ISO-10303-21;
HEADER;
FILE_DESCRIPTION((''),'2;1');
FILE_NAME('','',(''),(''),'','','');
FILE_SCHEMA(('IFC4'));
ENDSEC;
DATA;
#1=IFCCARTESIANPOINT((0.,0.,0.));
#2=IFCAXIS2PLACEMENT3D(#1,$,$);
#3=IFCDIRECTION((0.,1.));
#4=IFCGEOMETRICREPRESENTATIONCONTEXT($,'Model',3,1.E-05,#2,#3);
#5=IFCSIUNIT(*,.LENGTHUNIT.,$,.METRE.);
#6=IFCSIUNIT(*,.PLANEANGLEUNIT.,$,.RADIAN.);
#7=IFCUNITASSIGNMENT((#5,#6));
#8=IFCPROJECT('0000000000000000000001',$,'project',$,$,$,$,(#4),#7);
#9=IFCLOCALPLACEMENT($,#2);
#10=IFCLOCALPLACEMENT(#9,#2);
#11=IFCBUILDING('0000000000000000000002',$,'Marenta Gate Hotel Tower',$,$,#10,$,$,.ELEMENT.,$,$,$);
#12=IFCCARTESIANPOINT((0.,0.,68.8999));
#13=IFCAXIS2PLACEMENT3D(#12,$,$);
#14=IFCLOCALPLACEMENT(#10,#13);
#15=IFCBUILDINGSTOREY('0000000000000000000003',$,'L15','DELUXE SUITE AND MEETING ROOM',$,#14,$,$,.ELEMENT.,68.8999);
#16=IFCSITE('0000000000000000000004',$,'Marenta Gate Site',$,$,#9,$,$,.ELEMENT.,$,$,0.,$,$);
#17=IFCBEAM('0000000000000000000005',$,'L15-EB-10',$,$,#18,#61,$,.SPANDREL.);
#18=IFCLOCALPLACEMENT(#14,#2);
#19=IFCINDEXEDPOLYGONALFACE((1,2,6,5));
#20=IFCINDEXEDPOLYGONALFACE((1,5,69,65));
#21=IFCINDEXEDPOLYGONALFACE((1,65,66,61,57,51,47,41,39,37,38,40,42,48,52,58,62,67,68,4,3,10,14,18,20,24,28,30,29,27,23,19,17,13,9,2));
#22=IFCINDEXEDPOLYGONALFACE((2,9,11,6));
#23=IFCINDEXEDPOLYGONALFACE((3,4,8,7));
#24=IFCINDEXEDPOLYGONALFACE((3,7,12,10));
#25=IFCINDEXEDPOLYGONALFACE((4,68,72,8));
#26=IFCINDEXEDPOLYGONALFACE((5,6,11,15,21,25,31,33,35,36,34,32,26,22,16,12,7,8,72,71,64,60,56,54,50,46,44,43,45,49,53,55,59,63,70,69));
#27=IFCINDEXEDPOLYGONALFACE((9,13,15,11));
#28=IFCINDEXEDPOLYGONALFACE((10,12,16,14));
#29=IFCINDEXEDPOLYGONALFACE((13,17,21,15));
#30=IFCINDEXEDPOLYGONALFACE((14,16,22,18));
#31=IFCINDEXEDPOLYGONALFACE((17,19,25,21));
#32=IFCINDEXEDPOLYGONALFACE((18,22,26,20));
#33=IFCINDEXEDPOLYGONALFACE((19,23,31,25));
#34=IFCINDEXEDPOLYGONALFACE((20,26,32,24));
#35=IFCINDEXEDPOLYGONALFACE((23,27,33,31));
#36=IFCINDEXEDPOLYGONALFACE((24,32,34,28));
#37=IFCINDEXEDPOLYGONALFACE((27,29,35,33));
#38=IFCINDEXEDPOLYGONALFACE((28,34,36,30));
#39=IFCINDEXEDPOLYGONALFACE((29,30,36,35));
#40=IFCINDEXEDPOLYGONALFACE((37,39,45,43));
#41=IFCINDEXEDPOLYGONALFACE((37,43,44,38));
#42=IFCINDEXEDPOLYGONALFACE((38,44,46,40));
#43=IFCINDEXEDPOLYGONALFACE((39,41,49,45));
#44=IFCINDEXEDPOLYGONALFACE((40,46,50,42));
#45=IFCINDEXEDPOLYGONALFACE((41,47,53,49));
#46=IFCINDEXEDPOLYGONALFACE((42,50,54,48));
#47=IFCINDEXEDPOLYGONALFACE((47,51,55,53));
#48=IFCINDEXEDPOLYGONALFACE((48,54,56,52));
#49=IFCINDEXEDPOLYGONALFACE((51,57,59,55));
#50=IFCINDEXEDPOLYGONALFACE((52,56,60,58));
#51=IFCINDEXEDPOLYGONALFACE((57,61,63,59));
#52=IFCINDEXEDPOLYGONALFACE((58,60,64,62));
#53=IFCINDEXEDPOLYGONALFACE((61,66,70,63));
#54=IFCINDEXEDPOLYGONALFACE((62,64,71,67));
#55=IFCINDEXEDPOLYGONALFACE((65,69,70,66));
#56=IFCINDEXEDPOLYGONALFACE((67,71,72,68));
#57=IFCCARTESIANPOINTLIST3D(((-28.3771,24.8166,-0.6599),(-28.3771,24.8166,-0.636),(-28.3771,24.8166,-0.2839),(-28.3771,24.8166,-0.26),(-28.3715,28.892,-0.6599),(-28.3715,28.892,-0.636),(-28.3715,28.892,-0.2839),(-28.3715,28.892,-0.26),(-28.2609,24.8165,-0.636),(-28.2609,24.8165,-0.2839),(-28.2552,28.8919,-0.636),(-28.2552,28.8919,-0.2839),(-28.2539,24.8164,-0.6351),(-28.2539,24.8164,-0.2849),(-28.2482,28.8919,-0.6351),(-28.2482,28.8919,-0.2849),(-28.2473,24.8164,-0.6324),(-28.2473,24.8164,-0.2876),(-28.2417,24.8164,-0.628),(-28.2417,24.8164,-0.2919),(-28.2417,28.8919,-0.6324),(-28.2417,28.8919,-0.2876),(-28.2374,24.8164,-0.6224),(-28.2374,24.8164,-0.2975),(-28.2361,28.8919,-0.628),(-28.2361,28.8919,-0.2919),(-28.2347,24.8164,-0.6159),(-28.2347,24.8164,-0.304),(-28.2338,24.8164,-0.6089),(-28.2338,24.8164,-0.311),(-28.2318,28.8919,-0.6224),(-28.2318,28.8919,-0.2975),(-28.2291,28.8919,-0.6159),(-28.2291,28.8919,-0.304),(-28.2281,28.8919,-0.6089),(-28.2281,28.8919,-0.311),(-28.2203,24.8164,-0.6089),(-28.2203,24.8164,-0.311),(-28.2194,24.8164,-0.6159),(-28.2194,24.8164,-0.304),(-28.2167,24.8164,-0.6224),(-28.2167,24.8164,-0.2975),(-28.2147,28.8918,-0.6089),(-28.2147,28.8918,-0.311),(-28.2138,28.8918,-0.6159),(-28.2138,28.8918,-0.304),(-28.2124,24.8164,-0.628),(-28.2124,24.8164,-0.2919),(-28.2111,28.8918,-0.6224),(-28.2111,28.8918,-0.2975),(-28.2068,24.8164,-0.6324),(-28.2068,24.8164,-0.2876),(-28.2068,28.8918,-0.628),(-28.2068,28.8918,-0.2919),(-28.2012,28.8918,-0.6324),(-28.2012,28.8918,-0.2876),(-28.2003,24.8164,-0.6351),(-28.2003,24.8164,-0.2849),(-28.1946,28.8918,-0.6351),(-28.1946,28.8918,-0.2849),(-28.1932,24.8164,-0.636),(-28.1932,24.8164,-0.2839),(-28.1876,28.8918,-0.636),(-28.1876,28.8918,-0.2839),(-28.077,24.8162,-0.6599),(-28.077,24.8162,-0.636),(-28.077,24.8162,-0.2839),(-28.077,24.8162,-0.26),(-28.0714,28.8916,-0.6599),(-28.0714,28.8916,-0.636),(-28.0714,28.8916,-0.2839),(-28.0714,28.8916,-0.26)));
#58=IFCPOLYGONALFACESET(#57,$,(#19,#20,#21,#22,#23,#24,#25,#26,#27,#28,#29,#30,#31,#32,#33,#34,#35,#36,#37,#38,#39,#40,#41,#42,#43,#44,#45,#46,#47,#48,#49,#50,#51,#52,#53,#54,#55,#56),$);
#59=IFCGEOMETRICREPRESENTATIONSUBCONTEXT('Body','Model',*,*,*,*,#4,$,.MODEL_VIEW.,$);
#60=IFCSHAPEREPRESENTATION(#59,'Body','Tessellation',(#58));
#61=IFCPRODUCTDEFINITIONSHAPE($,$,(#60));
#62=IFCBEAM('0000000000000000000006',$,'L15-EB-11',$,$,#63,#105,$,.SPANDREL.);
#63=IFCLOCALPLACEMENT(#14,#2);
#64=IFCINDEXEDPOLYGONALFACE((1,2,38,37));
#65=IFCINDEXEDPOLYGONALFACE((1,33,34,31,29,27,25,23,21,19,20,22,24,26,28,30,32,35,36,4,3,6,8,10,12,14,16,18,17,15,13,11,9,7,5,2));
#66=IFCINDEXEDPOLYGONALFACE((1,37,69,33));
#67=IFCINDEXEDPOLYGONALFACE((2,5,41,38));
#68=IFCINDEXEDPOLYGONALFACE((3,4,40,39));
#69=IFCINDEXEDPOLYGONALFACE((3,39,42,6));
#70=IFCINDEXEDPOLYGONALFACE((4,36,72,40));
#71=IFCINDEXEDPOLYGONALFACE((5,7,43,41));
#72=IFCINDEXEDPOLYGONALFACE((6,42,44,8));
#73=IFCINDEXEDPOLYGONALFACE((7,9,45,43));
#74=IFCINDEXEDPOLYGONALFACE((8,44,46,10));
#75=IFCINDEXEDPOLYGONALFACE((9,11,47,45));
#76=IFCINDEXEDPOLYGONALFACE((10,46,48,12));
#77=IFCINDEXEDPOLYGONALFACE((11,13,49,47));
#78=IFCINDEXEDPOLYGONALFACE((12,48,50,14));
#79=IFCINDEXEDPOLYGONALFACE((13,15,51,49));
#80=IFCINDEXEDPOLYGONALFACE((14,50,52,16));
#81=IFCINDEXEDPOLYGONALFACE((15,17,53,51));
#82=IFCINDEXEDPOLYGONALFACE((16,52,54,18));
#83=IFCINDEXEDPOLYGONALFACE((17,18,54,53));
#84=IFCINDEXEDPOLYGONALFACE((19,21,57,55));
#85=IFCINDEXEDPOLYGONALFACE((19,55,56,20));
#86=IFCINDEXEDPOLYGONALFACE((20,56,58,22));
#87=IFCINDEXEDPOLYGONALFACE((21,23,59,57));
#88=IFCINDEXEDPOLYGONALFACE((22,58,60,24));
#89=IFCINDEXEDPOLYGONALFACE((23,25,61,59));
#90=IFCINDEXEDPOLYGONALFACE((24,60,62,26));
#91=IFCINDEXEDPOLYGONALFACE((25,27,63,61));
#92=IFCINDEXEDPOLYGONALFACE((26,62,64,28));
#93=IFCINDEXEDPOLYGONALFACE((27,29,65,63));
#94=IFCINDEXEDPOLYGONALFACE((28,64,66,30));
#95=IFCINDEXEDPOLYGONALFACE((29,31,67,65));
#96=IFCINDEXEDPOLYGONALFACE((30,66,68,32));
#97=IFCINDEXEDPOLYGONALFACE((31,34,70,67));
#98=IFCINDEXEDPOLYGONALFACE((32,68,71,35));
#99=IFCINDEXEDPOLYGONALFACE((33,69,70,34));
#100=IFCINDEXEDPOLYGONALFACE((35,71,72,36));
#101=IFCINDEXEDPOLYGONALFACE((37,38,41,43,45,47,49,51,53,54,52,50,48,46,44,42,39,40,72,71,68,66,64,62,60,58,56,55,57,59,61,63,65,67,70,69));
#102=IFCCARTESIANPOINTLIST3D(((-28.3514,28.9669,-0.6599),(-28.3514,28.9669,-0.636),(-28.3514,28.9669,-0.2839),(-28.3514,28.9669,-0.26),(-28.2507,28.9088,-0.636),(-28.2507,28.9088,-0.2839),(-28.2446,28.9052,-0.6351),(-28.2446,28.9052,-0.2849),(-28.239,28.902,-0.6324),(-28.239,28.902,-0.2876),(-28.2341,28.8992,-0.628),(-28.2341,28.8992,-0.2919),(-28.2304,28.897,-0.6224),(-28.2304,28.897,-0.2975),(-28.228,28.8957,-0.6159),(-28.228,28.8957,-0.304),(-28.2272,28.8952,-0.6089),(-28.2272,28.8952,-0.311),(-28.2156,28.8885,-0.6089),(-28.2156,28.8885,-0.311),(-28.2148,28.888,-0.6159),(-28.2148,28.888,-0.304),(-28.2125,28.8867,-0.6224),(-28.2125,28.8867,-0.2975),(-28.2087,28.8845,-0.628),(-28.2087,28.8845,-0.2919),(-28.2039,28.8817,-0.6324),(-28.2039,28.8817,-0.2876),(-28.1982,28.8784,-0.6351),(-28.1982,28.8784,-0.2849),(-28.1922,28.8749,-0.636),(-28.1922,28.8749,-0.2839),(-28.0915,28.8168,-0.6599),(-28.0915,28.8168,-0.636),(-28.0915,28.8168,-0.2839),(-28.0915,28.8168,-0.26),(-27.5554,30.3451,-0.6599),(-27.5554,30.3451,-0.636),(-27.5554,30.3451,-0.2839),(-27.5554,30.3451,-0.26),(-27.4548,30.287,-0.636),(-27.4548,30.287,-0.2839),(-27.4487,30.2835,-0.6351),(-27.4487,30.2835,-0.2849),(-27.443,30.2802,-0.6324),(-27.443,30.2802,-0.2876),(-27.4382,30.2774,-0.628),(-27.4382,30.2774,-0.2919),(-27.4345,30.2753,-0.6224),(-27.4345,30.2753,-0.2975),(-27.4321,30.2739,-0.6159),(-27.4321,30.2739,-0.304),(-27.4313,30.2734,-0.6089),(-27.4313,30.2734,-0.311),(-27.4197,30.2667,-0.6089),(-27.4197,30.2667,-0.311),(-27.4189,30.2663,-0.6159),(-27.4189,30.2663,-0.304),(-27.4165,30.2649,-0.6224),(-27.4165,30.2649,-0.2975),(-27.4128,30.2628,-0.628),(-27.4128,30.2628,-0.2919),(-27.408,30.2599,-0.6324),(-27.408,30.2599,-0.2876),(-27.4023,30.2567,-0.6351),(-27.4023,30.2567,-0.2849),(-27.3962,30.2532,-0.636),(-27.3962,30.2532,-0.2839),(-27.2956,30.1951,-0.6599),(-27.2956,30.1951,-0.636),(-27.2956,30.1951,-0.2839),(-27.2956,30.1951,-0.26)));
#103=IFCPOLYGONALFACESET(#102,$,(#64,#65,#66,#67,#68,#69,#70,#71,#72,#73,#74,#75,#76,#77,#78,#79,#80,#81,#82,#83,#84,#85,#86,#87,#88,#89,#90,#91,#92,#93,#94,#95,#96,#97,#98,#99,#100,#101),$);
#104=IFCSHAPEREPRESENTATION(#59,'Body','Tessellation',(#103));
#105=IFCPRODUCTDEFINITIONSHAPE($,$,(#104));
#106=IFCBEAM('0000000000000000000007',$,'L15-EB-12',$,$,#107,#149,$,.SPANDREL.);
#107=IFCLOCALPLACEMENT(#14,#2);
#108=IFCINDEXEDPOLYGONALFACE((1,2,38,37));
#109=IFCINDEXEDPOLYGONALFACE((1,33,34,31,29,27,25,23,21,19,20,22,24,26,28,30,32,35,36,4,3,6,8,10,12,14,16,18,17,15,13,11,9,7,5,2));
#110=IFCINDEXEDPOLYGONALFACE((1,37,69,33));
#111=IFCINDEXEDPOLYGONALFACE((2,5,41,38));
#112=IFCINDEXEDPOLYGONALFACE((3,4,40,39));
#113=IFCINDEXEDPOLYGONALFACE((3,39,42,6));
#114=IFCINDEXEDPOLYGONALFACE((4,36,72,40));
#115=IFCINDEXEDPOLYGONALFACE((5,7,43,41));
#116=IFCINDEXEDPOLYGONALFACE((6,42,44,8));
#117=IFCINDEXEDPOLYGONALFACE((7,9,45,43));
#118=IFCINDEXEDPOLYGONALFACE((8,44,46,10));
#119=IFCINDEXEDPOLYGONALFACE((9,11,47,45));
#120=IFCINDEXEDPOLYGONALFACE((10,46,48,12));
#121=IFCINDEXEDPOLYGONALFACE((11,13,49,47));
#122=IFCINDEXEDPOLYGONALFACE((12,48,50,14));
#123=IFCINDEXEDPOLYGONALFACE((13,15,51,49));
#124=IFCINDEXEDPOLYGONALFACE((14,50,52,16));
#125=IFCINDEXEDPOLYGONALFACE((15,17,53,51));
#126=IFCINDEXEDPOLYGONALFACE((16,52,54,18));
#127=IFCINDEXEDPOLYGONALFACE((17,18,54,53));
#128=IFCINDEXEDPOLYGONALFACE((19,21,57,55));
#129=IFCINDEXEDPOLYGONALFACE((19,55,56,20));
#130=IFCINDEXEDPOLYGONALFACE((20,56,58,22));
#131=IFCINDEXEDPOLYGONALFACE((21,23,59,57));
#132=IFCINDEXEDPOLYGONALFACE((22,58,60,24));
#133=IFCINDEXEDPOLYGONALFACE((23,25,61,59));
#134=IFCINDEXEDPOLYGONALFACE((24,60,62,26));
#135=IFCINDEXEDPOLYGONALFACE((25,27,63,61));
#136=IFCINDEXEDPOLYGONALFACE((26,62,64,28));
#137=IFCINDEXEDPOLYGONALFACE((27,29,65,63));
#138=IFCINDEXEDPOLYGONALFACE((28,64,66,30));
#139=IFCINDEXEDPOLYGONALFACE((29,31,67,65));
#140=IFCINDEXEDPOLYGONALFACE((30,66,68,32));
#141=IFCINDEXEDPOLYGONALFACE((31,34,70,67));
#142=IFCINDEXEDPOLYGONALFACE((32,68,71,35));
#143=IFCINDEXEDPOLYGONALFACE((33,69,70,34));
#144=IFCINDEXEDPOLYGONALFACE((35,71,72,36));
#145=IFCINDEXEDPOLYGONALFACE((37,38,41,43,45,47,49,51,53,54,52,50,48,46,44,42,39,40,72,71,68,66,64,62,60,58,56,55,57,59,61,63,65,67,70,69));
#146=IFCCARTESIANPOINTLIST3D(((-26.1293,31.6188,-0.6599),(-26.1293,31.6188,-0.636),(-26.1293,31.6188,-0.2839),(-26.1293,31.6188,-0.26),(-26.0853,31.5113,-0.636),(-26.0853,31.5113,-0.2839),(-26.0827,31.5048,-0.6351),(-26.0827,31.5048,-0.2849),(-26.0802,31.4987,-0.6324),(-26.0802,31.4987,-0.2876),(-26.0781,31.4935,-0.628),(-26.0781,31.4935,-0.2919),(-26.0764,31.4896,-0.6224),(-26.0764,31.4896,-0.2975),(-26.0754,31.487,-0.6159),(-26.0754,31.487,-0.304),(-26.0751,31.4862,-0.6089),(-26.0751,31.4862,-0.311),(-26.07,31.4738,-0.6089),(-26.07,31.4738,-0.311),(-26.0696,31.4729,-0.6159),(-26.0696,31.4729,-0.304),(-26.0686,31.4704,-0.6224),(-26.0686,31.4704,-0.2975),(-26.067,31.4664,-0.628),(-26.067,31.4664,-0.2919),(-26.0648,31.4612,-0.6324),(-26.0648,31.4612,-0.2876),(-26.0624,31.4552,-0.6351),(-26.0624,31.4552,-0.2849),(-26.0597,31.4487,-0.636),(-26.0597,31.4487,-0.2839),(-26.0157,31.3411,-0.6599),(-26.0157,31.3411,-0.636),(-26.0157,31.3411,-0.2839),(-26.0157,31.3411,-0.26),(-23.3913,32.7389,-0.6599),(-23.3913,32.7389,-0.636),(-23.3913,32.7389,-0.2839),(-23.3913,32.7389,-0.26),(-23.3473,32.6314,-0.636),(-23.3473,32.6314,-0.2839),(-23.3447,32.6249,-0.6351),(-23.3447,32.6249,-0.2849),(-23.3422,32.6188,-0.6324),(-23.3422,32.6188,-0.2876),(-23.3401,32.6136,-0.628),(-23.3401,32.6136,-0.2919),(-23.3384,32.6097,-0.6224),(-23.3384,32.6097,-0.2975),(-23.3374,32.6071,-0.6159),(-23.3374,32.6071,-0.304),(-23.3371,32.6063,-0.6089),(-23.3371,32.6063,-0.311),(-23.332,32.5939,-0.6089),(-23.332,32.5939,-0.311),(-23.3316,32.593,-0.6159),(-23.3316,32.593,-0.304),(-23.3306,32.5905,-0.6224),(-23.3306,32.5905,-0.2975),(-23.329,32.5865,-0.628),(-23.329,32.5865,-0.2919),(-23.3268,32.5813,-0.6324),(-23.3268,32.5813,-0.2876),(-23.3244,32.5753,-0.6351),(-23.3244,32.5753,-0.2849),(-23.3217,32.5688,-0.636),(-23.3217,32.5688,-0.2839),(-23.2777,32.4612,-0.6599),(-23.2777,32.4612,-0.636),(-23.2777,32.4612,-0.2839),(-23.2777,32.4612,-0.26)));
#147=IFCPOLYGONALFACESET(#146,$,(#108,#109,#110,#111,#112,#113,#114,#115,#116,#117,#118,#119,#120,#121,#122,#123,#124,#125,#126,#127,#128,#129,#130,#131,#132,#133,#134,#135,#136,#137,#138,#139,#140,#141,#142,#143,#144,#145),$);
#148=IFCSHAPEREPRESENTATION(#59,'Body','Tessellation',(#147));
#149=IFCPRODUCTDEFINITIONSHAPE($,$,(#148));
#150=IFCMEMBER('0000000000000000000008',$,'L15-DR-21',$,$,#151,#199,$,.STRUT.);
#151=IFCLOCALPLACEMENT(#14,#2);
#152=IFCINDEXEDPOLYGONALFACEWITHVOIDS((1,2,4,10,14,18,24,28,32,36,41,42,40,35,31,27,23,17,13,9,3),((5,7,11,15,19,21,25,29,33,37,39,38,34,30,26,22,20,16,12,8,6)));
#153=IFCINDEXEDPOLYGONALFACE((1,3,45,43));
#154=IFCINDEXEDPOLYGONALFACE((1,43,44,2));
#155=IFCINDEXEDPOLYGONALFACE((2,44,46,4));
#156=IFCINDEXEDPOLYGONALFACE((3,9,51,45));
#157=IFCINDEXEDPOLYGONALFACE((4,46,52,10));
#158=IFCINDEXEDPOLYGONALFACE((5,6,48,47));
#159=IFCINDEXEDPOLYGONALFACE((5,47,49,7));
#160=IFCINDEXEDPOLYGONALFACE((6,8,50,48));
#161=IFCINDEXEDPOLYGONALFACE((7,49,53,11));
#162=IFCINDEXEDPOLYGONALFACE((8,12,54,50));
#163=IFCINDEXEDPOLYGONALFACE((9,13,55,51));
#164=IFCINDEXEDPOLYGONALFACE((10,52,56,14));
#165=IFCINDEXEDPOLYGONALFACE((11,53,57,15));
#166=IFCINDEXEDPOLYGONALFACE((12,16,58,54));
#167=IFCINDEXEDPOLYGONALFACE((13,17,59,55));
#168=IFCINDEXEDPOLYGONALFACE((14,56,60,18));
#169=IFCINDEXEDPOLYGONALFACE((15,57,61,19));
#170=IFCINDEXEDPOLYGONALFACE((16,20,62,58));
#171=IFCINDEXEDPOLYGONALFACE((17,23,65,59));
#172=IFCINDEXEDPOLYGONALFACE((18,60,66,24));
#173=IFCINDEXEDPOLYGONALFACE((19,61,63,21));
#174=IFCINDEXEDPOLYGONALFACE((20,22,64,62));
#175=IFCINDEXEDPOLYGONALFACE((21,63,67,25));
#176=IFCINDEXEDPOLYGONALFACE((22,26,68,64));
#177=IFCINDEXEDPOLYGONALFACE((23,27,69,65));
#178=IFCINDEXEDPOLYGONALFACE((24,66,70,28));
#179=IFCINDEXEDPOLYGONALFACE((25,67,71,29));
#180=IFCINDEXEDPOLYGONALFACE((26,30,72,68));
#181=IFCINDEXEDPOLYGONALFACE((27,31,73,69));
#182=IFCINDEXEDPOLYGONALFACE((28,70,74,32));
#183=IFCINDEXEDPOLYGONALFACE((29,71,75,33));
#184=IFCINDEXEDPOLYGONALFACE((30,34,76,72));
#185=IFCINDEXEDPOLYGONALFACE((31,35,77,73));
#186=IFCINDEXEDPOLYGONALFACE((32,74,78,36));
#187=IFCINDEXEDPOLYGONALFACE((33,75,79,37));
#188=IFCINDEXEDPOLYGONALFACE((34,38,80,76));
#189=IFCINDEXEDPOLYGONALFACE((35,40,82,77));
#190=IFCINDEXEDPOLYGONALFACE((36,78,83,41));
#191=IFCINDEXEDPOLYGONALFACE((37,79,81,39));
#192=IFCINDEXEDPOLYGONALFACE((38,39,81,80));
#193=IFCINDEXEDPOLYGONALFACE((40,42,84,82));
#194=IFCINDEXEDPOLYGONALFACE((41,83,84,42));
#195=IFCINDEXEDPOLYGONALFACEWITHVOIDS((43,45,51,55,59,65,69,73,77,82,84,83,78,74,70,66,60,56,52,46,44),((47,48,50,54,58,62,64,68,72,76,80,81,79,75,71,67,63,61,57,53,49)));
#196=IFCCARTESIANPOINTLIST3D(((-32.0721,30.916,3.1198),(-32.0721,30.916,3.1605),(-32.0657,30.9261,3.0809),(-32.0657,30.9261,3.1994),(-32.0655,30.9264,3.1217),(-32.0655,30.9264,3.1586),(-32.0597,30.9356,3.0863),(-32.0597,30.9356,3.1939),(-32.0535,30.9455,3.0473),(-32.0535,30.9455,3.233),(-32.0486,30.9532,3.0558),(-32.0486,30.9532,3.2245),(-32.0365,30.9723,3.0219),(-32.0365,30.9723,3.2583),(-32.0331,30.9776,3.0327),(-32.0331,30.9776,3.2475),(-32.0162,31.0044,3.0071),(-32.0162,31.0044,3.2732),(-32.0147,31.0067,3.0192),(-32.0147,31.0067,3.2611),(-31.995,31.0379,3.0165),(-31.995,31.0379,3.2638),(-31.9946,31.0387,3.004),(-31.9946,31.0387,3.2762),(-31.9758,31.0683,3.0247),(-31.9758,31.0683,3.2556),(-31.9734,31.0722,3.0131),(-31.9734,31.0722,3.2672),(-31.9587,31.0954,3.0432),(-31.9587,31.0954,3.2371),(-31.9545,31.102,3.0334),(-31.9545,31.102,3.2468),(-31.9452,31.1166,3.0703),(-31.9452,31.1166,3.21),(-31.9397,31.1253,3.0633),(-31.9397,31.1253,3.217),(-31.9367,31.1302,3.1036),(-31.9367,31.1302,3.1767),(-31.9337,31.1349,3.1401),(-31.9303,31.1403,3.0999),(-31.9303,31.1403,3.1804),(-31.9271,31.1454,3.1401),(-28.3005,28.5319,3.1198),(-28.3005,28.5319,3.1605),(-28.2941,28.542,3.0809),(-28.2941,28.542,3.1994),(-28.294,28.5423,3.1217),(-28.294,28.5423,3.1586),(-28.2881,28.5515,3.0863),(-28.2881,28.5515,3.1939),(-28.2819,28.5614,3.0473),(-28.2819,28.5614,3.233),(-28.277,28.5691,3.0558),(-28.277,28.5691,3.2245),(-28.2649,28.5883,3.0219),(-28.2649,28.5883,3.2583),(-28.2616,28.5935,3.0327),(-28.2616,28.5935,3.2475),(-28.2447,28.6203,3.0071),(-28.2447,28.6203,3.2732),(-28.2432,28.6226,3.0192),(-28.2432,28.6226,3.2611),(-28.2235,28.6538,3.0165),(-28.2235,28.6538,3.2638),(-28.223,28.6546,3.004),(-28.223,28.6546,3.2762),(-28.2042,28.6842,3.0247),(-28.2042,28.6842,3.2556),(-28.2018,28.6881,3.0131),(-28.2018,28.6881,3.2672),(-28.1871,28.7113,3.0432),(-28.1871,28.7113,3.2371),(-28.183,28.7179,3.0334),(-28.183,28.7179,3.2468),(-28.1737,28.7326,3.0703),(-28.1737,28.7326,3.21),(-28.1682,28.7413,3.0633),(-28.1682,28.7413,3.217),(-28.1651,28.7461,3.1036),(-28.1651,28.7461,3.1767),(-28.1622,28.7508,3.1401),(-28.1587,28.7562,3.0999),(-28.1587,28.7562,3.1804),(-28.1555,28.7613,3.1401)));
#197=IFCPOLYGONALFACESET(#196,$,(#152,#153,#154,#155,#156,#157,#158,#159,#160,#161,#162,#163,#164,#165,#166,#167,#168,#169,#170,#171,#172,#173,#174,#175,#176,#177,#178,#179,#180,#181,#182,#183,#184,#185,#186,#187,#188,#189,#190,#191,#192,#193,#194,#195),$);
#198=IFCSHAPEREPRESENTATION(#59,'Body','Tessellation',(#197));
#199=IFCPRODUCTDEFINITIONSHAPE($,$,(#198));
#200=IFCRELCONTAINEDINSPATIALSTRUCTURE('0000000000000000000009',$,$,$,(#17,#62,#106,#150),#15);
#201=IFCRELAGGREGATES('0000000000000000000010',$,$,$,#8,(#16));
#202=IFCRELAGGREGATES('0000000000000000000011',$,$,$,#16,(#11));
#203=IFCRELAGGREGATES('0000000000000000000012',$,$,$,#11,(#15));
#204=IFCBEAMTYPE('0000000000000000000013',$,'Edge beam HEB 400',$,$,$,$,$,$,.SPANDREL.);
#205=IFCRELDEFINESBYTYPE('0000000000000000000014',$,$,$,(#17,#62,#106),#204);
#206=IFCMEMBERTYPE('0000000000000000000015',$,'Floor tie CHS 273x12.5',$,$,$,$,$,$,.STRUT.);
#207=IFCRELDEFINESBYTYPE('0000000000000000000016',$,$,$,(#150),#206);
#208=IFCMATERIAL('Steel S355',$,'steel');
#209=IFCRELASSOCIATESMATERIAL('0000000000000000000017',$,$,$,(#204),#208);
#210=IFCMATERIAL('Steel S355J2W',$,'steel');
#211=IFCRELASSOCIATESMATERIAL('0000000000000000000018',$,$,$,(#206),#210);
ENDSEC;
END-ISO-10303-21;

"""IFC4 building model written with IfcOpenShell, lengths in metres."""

from ifc_helpers import new_model, si_unit, direction, frame, origin, origin_2d, place, context, subcontext, project, spatial, hollow_circle, i_section, extrude, material, material_profile, profile_set, type_object, element, save


model = new_model("IFC4")

# Units and contexts
model_context = context("Model", 3, precision=1e-05, world=origin(), true_north=direction((0.0, 1.0)))
body_context = subcontext(model_context, "Body", "Model", "MODEL_VIEW")
ifc_project = project(units=[si_unit("LENGTHUNIT", "METRE"), si_unit("PLANEANGLEUNIT", "RADIAN")], contexts=[model_context])

# Site, building, storey
site_placement = place(None, origin())
site = spatial("IfcSite", under=ifc_project, at=site_placement, Name="Marenta Gate Site", CompositionType="ELEMENT", RefElevation=0.0)
building_placement = place(site_placement, origin())
building = spatial("IfcBuilding", under=site, at=building_placement, Name="Marenta Gate Hotel Tower", CompositionType="ELEMENT")
storey_placement = place(building_placement, frame((0.0, 0.0, 68.8999)))
storey = spatial("IfcBuildingStorey", under=building, at=storey_placement, Name="L15", Description="DELUXE SUITE AND MEETING ROOM", CompositionType="ELEMENT", Elevation=68.8999)

# Beams
ifc_material_1 = material(Name="Steel S355", Category="steel")
ifc_material_profile_1 = material_profile(ifc_material_1, i_section(OverallWidth=0.3, OverallDepth=0.3999, WebThickness=0.0134, FlangeThickness=0.0239, FilletRadius=0.0271, at=origin_2d()), Name="HEB 400")
ifc_profile_set_1 = profile_set([ifc_material_profile_1], Name="Steel S355")
beam_type_1 = type_object("IfcBeamType", Name="Edge beam HEB 400", PredefinedType="SPANDREL", material=ifc_profile_set_1)
beam_1_placement = place(storey_placement, frame((-28.2271, 24.8164, -0.46), z_axis=(0.001378, 0.999999, 0.0), x_axis=(-0.999999, 0.001378, 0.0)))
element("IfcBeam", 1, at=beam_1_placement, inside=storey, type_object=beam_type_1, Name="L15-EB-10", PredefinedType="SPANDREL", context=body_context, shape_type="SweptSolid", body=[
    extrude(i_section(OverallWidth=0.3, OverallDepth=0.3999, WebThickness=0.0134, FlangeThickness=0.0239, FilletRadius=0.0271, at=origin_2d()), origin(), (0.0, 0.0, 1.0), 4.0754),
])
beam_2_placement = place(storey_placement, frame((-28.2214, 28.8918, -0.46), z_axis=(0.500099, 0.865968, 0.0), x_axis=(-0.865968, 0.500099, 0.0)))
element("IfcBeam", 2, at=beam_2_placement, inside=storey, type_object=beam_type_1, Name="L15-EB-11", PredefinedType="SPANDREL", context=body_context, shape_type="SweptSolid", body=[
    extrude(i_section(OverallWidth=0.3, OverallDepth=0.3999, WebThickness=0.0134, FlangeThickness=0.0239, FilletRadius=0.0271, at=origin_2d()), origin(), (0.0, 0.0, 1.0), 1.5916),
])
beam_3_placement = place(storey_placement, frame((-26.0725, 31.48, -0.46), z_axis=(0.925546, 0.378636, 0.0), x_axis=(-0.378636, 0.925546, 0.0)))
element("IfcBeam", 3, at=beam_3_placement, inside=storey, type_object=beam_type_1, Name="L15-EB-12", PredefinedType="SPANDREL", context=body_context, shape_type="SweptSolid", body=[
    extrude(i_section(OverallWidth=0.3, OverallDepth=0.3999, WebThickness=0.0134, FlangeThickness=0.0239, FilletRadius=0.0271, at=origin_2d()), origin(), (0.0, 0.0, 1.0), 2.9583),
])

# Member
ifc_material_2 = material(Name="Steel S355J2W", Category="steel")
ifc_material_profile_2 = material_profile(ifc_material_2, hollow_circle(Radius=0.1365, WallThickness=0.0125, at=origin_2d()), Name="CHS 273x12.5")
ifc_profile_set_2 = profile_set([ifc_material_profile_2], Name="Steel S355J2W")
member_type_1 = type_object("IfcMemberType", Name="Floor tie CHS 273x12.5", PredefinedType="STRUT", material=ifc_profile_set_2)
member_1_placement = place(storey_placement, frame((-32.0, 31.03, 3.1401), z_axis=(0.845282, -0.53432, 0.0), x_axis=(0.53432, 0.845282, 0.0)))
element("IfcMember", 4, at=member_1_placement, inside=storey, type_object=member_type_1, Name="L15-DR-21", PredefinedType="STRUT", context=body_context, shape_type="SweptSolid", body=[
    extrude(hollow_circle(Radius=0.1365, WallThickness=0.0125, at=origin_2d()), origin(), (0.0, 0.0, 1.0), 4.4619),
])

save(model, "model.ifc")
